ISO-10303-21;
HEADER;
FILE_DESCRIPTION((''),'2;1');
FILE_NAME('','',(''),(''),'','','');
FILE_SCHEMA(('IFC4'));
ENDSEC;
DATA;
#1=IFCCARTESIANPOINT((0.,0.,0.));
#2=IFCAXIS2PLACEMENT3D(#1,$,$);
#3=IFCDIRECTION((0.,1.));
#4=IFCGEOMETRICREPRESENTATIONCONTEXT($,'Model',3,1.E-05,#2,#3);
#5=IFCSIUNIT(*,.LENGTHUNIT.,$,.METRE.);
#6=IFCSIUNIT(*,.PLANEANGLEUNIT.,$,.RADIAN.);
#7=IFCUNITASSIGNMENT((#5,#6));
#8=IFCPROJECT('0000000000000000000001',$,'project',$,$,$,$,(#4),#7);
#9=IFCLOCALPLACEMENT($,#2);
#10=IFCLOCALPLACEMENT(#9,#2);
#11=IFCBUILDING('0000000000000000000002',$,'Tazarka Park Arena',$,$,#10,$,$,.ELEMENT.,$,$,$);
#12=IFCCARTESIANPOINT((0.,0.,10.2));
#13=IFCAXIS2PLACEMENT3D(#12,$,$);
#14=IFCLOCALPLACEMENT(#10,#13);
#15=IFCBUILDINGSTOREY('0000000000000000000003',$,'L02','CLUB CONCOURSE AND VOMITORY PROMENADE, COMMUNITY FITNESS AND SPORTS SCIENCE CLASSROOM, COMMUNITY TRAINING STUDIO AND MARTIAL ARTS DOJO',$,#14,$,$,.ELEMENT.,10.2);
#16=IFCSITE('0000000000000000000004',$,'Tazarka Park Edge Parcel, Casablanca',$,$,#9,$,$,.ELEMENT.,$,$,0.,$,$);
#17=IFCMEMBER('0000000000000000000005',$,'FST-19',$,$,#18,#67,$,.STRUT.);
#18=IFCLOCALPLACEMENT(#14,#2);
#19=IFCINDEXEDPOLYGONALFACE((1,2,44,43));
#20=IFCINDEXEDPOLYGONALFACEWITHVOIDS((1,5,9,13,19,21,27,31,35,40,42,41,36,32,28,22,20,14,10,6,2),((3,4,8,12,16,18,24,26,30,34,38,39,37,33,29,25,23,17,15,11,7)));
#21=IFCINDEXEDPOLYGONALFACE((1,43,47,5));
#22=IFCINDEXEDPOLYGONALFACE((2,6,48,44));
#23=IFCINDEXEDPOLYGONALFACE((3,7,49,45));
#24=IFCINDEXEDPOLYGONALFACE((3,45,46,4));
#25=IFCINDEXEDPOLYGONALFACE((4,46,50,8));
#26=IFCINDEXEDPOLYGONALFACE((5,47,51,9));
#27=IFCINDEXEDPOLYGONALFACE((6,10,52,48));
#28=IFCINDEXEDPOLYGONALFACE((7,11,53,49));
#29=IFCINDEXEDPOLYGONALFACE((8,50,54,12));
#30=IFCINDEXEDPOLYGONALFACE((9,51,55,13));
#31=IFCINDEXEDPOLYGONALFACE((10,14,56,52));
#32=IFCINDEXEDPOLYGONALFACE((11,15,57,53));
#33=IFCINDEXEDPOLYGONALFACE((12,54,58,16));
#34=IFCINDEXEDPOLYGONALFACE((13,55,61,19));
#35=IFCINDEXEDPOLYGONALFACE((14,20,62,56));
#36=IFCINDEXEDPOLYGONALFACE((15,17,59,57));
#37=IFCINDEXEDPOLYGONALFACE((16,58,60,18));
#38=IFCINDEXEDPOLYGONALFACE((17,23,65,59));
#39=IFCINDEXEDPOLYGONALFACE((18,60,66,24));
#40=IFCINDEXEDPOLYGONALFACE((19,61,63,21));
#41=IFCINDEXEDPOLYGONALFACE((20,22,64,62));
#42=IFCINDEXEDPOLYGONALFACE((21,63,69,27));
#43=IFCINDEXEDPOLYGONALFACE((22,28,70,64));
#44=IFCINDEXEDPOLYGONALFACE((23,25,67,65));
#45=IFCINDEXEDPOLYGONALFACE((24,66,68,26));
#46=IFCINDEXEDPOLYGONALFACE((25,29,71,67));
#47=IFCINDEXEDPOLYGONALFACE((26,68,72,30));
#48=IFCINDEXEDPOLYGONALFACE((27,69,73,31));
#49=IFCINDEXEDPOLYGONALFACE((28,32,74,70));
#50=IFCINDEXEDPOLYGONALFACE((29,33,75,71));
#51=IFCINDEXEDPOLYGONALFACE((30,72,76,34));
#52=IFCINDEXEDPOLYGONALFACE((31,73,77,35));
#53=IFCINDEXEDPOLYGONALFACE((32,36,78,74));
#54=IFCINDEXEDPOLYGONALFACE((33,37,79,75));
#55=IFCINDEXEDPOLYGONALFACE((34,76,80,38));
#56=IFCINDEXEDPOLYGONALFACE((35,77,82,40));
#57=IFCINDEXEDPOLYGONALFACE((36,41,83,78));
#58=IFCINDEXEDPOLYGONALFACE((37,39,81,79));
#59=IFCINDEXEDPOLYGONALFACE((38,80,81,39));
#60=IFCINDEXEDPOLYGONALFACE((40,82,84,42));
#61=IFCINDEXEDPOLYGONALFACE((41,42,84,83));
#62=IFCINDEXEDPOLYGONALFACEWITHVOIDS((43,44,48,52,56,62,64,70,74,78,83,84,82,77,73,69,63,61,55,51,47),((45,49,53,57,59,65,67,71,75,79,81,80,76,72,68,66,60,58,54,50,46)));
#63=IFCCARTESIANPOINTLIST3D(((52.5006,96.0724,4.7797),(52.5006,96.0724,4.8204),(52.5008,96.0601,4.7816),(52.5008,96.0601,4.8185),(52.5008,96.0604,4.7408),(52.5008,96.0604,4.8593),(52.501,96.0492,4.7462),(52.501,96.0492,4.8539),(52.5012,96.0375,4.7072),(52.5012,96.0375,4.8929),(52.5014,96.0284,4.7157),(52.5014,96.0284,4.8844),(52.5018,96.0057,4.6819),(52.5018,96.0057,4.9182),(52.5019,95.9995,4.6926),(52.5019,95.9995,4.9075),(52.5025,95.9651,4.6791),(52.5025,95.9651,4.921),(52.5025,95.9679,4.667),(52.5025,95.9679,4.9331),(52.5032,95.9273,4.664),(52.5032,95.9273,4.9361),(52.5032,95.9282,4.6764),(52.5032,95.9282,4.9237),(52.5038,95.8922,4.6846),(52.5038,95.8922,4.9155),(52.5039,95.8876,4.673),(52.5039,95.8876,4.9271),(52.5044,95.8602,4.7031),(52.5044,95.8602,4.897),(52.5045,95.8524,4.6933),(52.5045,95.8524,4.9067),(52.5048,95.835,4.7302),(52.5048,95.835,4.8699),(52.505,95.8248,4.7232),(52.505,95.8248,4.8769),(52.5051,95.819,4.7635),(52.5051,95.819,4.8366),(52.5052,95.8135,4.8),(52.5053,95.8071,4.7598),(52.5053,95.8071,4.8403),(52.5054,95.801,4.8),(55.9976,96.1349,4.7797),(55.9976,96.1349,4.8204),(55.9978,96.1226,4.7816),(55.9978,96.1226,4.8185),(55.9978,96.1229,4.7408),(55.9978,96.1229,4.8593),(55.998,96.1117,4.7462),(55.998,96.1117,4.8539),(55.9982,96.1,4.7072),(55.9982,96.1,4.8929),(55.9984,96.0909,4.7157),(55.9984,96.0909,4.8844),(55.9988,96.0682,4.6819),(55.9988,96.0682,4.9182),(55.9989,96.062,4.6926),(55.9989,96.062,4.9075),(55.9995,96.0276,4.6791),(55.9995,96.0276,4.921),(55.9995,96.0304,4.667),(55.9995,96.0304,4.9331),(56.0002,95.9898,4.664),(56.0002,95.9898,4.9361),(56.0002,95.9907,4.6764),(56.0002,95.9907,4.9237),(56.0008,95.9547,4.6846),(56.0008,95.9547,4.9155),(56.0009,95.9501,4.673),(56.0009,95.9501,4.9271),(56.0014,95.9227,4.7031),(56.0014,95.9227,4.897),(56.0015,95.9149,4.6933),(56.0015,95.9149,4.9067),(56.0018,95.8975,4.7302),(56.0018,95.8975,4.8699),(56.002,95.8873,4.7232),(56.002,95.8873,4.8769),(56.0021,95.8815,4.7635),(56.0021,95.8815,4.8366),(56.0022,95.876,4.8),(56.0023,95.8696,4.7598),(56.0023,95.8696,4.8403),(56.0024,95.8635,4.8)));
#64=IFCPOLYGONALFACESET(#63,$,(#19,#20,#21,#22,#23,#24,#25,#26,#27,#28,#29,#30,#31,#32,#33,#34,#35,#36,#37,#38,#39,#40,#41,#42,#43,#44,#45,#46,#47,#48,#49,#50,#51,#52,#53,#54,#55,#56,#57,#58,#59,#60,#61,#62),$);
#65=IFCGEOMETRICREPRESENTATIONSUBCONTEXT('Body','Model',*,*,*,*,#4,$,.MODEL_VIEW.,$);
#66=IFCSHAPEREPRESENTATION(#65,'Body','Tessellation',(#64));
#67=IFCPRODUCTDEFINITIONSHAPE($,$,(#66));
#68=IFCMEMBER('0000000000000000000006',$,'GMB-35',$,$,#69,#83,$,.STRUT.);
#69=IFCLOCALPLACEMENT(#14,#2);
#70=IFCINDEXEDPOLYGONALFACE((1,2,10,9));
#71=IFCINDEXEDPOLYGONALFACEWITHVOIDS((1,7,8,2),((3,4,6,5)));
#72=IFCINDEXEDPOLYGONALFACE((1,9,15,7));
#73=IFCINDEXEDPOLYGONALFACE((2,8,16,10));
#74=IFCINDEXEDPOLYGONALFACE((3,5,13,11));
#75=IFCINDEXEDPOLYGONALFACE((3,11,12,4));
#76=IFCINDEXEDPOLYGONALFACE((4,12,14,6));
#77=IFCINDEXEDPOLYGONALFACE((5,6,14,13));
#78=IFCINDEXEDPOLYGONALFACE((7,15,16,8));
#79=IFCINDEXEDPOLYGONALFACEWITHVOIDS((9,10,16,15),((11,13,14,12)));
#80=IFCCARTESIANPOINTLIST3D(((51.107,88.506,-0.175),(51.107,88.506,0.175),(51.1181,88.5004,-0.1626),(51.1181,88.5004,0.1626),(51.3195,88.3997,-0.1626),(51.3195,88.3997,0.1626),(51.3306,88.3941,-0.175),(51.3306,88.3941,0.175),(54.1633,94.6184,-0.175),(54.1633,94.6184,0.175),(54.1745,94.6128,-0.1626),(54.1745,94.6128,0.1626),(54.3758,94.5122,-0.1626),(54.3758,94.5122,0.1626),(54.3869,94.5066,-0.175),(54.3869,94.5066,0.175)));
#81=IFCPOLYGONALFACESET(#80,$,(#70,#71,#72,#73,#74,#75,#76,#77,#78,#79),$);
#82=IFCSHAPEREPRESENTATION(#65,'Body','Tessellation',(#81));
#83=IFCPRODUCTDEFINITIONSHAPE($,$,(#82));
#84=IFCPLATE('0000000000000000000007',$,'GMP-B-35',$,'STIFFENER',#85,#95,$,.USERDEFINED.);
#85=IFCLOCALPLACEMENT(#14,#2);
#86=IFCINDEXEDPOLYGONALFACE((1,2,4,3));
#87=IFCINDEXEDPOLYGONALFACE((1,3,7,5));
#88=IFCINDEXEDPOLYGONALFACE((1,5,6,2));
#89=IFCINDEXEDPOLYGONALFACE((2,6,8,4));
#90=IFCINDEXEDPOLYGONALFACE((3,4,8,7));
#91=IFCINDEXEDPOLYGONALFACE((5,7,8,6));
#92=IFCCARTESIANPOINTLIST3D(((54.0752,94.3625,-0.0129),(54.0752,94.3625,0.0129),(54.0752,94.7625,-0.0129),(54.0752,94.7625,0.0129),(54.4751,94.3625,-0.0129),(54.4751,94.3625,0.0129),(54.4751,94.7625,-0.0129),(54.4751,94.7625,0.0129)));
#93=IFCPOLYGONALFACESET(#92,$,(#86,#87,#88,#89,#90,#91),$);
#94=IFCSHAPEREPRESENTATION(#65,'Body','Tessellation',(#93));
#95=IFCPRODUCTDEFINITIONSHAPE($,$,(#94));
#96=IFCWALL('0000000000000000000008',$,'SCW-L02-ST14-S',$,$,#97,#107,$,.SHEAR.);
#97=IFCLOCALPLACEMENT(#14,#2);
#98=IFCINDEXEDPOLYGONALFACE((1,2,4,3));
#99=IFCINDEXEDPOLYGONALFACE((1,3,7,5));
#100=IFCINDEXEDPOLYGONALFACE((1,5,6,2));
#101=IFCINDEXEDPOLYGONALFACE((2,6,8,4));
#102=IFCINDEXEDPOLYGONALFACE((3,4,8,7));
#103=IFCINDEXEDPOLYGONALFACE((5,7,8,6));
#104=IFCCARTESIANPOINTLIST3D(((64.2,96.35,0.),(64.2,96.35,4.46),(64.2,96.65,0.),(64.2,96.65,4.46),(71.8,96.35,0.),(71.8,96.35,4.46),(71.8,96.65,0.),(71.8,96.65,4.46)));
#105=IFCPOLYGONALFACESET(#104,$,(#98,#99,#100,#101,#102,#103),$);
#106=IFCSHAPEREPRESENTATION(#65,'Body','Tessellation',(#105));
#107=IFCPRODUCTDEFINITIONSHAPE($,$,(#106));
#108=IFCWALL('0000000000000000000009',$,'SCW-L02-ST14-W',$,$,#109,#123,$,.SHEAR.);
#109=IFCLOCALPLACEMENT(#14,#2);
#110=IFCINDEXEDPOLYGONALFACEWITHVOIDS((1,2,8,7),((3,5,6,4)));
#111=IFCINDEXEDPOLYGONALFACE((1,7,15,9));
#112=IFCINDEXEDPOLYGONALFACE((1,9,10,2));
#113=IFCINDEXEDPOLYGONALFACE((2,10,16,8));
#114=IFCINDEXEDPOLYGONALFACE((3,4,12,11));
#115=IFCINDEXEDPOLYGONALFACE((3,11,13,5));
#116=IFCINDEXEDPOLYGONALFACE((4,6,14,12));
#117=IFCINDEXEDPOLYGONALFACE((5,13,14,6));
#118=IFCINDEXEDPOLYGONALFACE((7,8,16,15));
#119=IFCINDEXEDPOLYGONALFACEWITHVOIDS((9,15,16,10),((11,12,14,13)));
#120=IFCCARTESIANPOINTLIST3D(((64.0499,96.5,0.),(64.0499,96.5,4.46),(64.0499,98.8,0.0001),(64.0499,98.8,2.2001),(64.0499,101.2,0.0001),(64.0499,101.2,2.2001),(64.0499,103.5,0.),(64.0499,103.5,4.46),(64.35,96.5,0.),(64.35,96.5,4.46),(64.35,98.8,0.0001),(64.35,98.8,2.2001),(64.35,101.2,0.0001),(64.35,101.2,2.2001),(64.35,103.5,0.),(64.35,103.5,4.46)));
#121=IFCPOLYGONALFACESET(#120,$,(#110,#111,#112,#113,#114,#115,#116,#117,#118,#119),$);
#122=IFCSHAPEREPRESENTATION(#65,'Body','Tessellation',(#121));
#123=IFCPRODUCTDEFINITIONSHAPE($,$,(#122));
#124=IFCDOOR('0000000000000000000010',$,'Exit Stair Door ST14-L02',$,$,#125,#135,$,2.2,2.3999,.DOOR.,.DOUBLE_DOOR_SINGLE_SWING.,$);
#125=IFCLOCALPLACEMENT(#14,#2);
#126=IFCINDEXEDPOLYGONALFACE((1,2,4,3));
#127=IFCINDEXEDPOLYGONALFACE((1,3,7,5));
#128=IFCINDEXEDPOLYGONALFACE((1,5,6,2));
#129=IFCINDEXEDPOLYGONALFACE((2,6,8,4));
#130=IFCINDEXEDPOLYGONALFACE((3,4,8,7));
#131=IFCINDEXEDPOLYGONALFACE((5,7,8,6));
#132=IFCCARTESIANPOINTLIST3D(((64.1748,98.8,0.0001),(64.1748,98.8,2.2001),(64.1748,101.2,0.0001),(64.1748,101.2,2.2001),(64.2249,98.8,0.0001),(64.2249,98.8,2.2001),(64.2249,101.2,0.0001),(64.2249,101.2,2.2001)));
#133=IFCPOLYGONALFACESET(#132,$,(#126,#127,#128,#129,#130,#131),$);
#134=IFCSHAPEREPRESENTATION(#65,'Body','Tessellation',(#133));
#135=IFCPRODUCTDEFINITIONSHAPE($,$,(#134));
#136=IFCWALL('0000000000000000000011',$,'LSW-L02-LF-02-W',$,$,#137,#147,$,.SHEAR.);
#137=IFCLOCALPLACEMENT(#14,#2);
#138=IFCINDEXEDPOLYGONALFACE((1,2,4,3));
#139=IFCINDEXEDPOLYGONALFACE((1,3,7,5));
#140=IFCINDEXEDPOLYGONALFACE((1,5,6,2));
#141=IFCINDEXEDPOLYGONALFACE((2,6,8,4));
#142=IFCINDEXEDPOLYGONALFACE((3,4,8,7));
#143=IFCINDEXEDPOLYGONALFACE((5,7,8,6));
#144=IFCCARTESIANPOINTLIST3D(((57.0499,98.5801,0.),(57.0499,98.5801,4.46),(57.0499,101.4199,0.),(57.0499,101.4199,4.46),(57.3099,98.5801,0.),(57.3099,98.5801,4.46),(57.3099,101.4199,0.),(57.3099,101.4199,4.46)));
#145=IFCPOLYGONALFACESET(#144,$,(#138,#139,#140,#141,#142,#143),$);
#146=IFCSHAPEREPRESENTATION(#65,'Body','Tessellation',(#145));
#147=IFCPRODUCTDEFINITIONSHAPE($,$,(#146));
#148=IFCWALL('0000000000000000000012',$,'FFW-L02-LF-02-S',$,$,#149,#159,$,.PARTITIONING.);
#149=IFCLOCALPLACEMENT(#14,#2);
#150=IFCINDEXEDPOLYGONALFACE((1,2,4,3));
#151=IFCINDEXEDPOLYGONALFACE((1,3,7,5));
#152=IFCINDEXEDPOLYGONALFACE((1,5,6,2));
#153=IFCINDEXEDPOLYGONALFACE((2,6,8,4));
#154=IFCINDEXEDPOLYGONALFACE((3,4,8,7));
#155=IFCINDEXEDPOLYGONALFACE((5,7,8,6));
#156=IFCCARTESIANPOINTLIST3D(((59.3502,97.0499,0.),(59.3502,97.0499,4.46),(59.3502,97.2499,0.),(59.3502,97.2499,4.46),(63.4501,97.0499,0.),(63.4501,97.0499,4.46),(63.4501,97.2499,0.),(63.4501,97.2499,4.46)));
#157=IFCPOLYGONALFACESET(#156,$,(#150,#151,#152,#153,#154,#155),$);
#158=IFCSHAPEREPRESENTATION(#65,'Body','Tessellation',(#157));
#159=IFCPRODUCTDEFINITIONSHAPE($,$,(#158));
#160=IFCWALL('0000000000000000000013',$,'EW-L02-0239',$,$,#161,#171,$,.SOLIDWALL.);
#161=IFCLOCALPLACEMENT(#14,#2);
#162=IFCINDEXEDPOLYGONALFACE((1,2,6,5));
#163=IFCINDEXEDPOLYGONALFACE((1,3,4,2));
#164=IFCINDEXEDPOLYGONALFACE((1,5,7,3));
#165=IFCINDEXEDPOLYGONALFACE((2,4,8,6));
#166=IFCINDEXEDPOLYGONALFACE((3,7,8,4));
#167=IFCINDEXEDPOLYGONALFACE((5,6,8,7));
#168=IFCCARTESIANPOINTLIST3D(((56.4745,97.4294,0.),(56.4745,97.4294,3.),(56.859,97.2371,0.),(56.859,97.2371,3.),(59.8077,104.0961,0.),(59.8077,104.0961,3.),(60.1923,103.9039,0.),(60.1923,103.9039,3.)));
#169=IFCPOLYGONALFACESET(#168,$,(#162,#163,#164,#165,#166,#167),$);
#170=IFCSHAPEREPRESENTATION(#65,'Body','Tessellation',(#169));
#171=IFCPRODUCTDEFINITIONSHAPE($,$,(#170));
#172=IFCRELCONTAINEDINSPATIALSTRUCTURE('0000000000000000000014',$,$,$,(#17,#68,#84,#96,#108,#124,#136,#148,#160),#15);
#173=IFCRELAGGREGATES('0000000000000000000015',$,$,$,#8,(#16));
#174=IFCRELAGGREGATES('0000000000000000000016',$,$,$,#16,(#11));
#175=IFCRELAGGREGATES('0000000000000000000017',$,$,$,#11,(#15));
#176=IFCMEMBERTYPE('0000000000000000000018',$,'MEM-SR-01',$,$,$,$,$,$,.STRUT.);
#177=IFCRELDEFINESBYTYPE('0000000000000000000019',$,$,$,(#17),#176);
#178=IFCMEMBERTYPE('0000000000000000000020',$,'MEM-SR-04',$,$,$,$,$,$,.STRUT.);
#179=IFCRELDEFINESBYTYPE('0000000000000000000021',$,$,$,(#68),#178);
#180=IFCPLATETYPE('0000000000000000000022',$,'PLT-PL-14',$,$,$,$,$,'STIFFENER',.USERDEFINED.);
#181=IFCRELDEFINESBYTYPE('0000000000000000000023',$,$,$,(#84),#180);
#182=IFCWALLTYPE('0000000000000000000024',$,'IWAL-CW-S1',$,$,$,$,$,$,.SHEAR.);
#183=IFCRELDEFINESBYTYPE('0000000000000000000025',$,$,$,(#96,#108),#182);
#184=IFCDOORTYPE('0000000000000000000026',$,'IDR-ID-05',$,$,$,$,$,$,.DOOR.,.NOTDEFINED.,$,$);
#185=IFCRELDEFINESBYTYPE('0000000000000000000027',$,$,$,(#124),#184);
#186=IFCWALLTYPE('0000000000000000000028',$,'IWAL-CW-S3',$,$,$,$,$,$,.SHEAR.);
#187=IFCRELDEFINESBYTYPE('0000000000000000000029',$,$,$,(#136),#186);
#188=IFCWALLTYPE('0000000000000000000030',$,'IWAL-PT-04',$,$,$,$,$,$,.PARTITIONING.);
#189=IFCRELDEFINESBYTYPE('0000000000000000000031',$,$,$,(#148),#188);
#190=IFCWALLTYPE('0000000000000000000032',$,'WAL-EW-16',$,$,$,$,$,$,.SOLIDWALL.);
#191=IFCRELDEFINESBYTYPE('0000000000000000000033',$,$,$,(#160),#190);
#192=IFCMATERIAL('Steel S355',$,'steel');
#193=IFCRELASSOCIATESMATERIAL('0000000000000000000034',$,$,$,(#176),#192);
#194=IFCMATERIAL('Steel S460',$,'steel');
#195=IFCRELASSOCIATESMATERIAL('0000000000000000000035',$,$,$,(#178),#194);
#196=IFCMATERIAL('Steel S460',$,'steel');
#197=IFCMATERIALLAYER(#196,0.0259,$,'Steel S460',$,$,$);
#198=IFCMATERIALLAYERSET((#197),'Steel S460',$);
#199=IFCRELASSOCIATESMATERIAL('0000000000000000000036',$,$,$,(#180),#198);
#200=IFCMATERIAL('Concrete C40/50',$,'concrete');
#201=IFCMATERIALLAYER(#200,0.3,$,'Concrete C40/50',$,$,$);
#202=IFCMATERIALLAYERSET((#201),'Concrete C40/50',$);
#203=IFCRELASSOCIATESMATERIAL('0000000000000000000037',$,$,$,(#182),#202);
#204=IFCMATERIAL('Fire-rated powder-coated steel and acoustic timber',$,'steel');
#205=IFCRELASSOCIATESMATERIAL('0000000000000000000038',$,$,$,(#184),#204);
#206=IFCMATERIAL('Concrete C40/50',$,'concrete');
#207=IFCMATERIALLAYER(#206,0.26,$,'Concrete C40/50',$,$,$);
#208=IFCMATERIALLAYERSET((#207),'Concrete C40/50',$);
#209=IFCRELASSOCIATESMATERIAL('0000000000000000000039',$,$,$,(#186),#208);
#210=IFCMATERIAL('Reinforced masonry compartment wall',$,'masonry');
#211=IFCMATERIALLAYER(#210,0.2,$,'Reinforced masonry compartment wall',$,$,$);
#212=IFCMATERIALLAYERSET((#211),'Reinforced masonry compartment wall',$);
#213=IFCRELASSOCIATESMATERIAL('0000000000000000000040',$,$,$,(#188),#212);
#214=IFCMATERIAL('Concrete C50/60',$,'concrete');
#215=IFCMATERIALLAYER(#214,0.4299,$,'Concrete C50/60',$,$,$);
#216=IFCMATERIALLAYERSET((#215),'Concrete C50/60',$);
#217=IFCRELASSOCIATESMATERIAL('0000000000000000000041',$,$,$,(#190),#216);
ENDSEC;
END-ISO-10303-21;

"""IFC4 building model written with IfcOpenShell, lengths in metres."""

from ifc_helpers import new_model, si_unit, direction, frame, frame_2d, origin, origin_2d, place, context, subcontext, project, spatial, rectangle, hollow_rectangle, hollow_circle, extrude, material, layer, layer_set, material_profile, profile_set, type_object, element, fill, save


model = new_model("IFC4")

# Units and contexts
model_context = context("Model", 3, precision=1e-05, world=origin(), true_north=direction((0.0, 1.0)))
body_context = subcontext(model_context, "Body", "Model", "MODEL_VIEW")
ifc_project = project(units=[si_unit("LENGTHUNIT", "METRE"), si_unit("PLANEANGLEUNIT", "RADIAN")], contexts=[model_context])

# Site, building, storey
site_placement = place(None, origin())
site = spatial("IfcSite", under=ifc_project, at=site_placement, Name="Tazarka Park Edge Parcel, Casablanca", CompositionType="ELEMENT", RefElevation=0.0)
building_placement = place(site_placement, origin())
building = spatial("IfcBuilding", under=site, at=building_placement, Name="Tazarka Park Arena", CompositionType="ELEMENT")
storey_placement = place(building_placement, frame((0.0, 0.0, 10.2)))
storey = spatial("IfcBuildingStorey", under=building, at=storey_placement, Name="L02", Description="CLUB CONCOURSE AND VOMITORY PROMENADE, COMMUNITY FITNESS AND SPORTS SCIENCE CLASSROOM, COMMUNITY TRAINING STUDIO AND MARTIAL ARTS DOJO", CompositionType="ELEMENT", Elevation=10.2)

# Members
ifc_material_1 = material(Name="Steel S355", Category="steel")
ifc_material_profile_1 = material_profile(ifc_material_1, hollow_circle(Radius=0.1365, WallThickness=0.0125, at=origin_2d()), Name="Steel S355")
ifc_profile_set_1 = profile_set([ifc_material_profile_1], Name="Steel S355")
member_type_1 = type_object("IfcMemberType", Name="MEM-SR-01", PredefinedType="STRUT", material=ifc_profile_set_1)
member_1_placement = place(storey_placement, frame((56.0, 96.0, 4.8), z_axis=(-0.99984, -0.017869, 0.0), x_axis=(0.017869, -0.99984, 0.0)))
element("IfcMember", 1, at=member_1_placement, inside=storey, type_object=member_type_1, Name="FST-19", PredefinedType="STRUT", context=body_context, shape_type="SweptSolid", body=[
    extrude(hollow_circle(Radius=0.1365, WallThickness=0.0125, at=origin_2d()), origin(), (0.0, 0.0, 1.0), 3.4976),
])
ifc_material_2 = material(Name="Steel S460", Category="steel")
ifc_material_profile_2 = material_profile(ifc_material_2, hollow_rectangle(XDim=0.25, YDim=0.3501, WallThickness=0.0125, at=origin_2d()), Name="Steel S460")
ifc_profile_set_2 = profile_set([ifc_material_profile_2], Name="Steel S460")
member_type_2 = type_object("IfcMemberType", Name="MEM-SR-04", PredefinedType="STRUT", material=ifc_profile_set_2)
member_2_placement = place(storey_placement, frame((54.2751, 94.5625, 0.0), z_axis=(-0.447228, -0.89442, 0.0), x_axis=(0.89442, -0.447228, 0.0)))
element("IfcMember", 2, at=member_2_placement, inside=storey, type_object=member_type_2, Name="GMB-35", PredefinedType="STRUT", context=body_context, shape_type="SweptSolid", body=[
    extrude(hollow_rectangle(XDim=0.25, YDim=0.3501, WallThickness=0.0125, at=origin_2d()), origin(), (0.0, 0.0, 1.0), 6.834),
])

# Plate
ifc_material_3 = material(Name="Steel S460", Category="steel")
ifc_layer_1 = layer(ifc_material_3, 0.0259, Name="Steel S460")
ifc_layer_set_1 = layer_set([ifc_layer_1], Name="Steel S460")
plate_type = type_object("IfcPlateType", Name="PLT-PL-14", ElementType="STIFFENER", PredefinedType="USERDEFINED", material=ifc_layer_set_1)
plate_placement = place(storey_placement, frame((54.2751, 94.5625, -0.0129), z_axis=(0.0, 0.0, 1.0), x_axis=(1.0, 0.0, 0.0)))
element("IfcPlate", 3, at=plate_placement, inside=storey, type_object=plate_type, Name="GMP-B-35", ObjectType="STIFFENER", PredefinedType="USERDEFINED", context=body_context, shape_type="SweptSolid", body=[
    extrude(rectangle(XDim=0.3999, YDim=0.3999, at=origin_2d()), origin(), (0.0, 0.0, 1.0), 0.0259),
])

# Wall
ifc_material_4 = material(Name="Concrete C40/50", Category="concrete")
ifc_layer_2 = layer(ifc_material_4, 0.3, Name="Concrete C40/50")
ifc_layer_set_2 = layer_set([ifc_layer_2], Name="Concrete C40/50")
wall_type_1 = type_object("IfcWallType", Name="IWAL-CW-S1", PredefinedType="SHEAR", material=ifc_layer_set_2)
wall_1_placement = place(storey_placement, frame((71.8, 96.5, 0.0), z_axis=(0.0, 0.0, 1.0), x_axis=(-1.0, 0.0, 0.0)))
element("IfcWall", 4, at=wall_1_placement, inside=storey, type_object=wall_type_1, Name="SCW-L02-ST14-S", PredefinedType="SHEAR", context=body_context, shape_type="SweptSolid", body=[
    extrude(rectangle(XDim=7.6001, YDim=0.3, at=frame_2d((3.8, 0.0))), origin(), (0.0, 0.0, 1.0), 4.46),
])

# Wall, opening, door
wall_2_placement = place(storey_placement, frame((64.2, 96.5, 0.0), z_axis=(0.0, 0.0, 1.0), x_axis=(0.0, 1.0, 0.0)))
wall_2 = element("IfcWall", 5, at=wall_2_placement, inside=storey, type_object=wall_type_1, Name="SCW-L02-ST14-W", PredefinedType="SHEAR", context=body_context, shape_type="SweptSolid", body=[
    extrude(rectangle(XDim=7.0, YDim=0.3, at=frame_2d((3.5, 0.0))), origin(), (0.0, 0.0, 1.0), 4.46),
])
opening_placement = place(wall_2_placement, frame((2.3, 0.0, 0.0)))
opening = element("IfcOpeningElement", 6, at=opening_placement, cuts=wall_2, PredefinedType="OPENING", context=body_context, shape_type="SweptSolid", body=[
    extrude(rectangle(XDim=2.3999, YDim=2.2, at=frame_2d((1.2, 1.1001))), frame((0.0, 0.1602, 0.0), z_axis=(0.0, -1.0, 0.0), x_axis=(1.0, 0.0, 0.0)), (0.0, 0.0, 1.0), 0.3201),
])
ifc_material_5 = material(Name="Fire-rated powder-coated steel and acoustic timber", Category="steel")
door_type = type_object("IfcDoorType", Name="IDR-ID-05", OperationType="NOTDEFINED", PredefinedType="DOOR", material=ifc_material_5)
door_placement = place(opening_placement, frame((2.3999, 0.0, 0.0), z_axis=(0.0, 0.0, 1.0), x_axis=(-1.0, 0.0, 0.0)))
door = element("IfcDoor", 7, at=door_placement, inside=storey, type_object=door_type, Name="Exit Stair Door ST14-L02", OperationType="DOUBLE_DOOR_SINGLE_SWING", OverallHeight=2.2, OverallWidth=2.3999, PredefinedType="DOOR", context=body_context, shape_type="SweptSolid", body=[
    extrude(rectangle(XDim=2.3999, YDim=2.2, at=frame_2d((1.2, 1.1001))), frame((0.0, 0.0249, 0.0), z_axis=(0.0, -1.0, 0.0), x_axis=(1.0, 0.0, 0.0)), (0.0, 0.0, 1.0), 0.05),
])
fill(opening, door)

# Walls
ifc_material_6 = material(Name="Concrete C40/50", Category="concrete")
ifc_layer_3 = layer(ifc_material_6, 0.26, Name="Concrete C40/50")
ifc_layer_set_3 = layer_set([ifc_layer_3], Name="Concrete C40/50")
wall_type_2 = type_object("IfcWallType", Name="IWAL-CW-S3", PredefinedType="SHEAR", material=ifc_layer_set_3)
wall_3_placement = place(storey_placement, frame((57.1799, 98.5801, 0.0), z_axis=(0.0, 0.0, 1.0), x_axis=(0.0, 1.0, 0.0)))
element("IfcWall", 8, at=wall_3_placement, inside=storey, type_object=wall_type_2, Name="LSW-L02-LF-02-W", PredefinedType="SHEAR", context=body_context, shape_type="SweptSolid", body=[
    extrude(rectangle(XDim=2.8398, YDim=0.26, at=frame_2d((1.4199, 0.0))), origin(), (0.0, 0.0, 1.0), 4.46),
])
ifc_material_7 = material(Name="Reinforced masonry compartment wall", Category="masonry")
ifc_layer_4 = layer(ifc_material_7, 0.2, Name="Reinforced masonry compartment wall")
ifc_layer_set_4 = layer_set([ifc_layer_4], Name="Reinforced masonry compartment wall")
wall_type_3 = type_object("IfcWallType", Name="IWAL-PT-04", PredefinedType="PARTITIONING", material=ifc_layer_set_4)
wall_4_placement = place(storey_placement, frame((63.45, 97.1499, 0.0), z_axis=(0.0, 0.0, 1.0), x_axis=(-1.0, 0.0, 0.0)))
element("IfcWall", 9, at=wall_4_placement, inside=storey, type_object=wall_type_3, Name="FFW-L02-LF-02-S", PredefinedType="PARTITIONING", context=body_context, shape_type="SweptSolid", body=[
    extrude(rectangle(XDim=4.0999, YDim=0.2, at=frame_2d((2.0498, 0.0))), origin(), (0.0, 0.0, 1.0), 4.46),
])
ifc_material_8 = material(Name="Concrete C50/60", Category="concrete")
ifc_layer_5 = layer(ifc_material_8, 0.4299, Name="Concrete C50/60")
ifc_layer_set_5 = layer_set([ifc_layer_5], Name="Concrete C50/60")
wall_type_4 = type_object("IfcWallType", Name="WAL-EW-16", PredefinedType="SOLIDWALL", material=ifc_layer_set_5)
wall_5_placement = place(storey_placement, frame((56.6667, 97.3333, 0.0), z_axis=(0.0, 0.0, 1.0), x_axis=(0.4472, 0.894434, 0.0)))
element("IfcWall", 10, at=wall_5_placement, inside=storey, type_object=wall_type_4, Name="EW-L02-0239", PredefinedType="SOLIDWALL", context=body_context, shape_type="SweptSolid", body=[
    extrude(rectangle(XDim=7.4536, YDim=0.4299, at=frame_2d((3.7268, 0.0))), origin(), (0.0, 0.0, 1.0), 3.0),
])

save(model, "model.ifc")
